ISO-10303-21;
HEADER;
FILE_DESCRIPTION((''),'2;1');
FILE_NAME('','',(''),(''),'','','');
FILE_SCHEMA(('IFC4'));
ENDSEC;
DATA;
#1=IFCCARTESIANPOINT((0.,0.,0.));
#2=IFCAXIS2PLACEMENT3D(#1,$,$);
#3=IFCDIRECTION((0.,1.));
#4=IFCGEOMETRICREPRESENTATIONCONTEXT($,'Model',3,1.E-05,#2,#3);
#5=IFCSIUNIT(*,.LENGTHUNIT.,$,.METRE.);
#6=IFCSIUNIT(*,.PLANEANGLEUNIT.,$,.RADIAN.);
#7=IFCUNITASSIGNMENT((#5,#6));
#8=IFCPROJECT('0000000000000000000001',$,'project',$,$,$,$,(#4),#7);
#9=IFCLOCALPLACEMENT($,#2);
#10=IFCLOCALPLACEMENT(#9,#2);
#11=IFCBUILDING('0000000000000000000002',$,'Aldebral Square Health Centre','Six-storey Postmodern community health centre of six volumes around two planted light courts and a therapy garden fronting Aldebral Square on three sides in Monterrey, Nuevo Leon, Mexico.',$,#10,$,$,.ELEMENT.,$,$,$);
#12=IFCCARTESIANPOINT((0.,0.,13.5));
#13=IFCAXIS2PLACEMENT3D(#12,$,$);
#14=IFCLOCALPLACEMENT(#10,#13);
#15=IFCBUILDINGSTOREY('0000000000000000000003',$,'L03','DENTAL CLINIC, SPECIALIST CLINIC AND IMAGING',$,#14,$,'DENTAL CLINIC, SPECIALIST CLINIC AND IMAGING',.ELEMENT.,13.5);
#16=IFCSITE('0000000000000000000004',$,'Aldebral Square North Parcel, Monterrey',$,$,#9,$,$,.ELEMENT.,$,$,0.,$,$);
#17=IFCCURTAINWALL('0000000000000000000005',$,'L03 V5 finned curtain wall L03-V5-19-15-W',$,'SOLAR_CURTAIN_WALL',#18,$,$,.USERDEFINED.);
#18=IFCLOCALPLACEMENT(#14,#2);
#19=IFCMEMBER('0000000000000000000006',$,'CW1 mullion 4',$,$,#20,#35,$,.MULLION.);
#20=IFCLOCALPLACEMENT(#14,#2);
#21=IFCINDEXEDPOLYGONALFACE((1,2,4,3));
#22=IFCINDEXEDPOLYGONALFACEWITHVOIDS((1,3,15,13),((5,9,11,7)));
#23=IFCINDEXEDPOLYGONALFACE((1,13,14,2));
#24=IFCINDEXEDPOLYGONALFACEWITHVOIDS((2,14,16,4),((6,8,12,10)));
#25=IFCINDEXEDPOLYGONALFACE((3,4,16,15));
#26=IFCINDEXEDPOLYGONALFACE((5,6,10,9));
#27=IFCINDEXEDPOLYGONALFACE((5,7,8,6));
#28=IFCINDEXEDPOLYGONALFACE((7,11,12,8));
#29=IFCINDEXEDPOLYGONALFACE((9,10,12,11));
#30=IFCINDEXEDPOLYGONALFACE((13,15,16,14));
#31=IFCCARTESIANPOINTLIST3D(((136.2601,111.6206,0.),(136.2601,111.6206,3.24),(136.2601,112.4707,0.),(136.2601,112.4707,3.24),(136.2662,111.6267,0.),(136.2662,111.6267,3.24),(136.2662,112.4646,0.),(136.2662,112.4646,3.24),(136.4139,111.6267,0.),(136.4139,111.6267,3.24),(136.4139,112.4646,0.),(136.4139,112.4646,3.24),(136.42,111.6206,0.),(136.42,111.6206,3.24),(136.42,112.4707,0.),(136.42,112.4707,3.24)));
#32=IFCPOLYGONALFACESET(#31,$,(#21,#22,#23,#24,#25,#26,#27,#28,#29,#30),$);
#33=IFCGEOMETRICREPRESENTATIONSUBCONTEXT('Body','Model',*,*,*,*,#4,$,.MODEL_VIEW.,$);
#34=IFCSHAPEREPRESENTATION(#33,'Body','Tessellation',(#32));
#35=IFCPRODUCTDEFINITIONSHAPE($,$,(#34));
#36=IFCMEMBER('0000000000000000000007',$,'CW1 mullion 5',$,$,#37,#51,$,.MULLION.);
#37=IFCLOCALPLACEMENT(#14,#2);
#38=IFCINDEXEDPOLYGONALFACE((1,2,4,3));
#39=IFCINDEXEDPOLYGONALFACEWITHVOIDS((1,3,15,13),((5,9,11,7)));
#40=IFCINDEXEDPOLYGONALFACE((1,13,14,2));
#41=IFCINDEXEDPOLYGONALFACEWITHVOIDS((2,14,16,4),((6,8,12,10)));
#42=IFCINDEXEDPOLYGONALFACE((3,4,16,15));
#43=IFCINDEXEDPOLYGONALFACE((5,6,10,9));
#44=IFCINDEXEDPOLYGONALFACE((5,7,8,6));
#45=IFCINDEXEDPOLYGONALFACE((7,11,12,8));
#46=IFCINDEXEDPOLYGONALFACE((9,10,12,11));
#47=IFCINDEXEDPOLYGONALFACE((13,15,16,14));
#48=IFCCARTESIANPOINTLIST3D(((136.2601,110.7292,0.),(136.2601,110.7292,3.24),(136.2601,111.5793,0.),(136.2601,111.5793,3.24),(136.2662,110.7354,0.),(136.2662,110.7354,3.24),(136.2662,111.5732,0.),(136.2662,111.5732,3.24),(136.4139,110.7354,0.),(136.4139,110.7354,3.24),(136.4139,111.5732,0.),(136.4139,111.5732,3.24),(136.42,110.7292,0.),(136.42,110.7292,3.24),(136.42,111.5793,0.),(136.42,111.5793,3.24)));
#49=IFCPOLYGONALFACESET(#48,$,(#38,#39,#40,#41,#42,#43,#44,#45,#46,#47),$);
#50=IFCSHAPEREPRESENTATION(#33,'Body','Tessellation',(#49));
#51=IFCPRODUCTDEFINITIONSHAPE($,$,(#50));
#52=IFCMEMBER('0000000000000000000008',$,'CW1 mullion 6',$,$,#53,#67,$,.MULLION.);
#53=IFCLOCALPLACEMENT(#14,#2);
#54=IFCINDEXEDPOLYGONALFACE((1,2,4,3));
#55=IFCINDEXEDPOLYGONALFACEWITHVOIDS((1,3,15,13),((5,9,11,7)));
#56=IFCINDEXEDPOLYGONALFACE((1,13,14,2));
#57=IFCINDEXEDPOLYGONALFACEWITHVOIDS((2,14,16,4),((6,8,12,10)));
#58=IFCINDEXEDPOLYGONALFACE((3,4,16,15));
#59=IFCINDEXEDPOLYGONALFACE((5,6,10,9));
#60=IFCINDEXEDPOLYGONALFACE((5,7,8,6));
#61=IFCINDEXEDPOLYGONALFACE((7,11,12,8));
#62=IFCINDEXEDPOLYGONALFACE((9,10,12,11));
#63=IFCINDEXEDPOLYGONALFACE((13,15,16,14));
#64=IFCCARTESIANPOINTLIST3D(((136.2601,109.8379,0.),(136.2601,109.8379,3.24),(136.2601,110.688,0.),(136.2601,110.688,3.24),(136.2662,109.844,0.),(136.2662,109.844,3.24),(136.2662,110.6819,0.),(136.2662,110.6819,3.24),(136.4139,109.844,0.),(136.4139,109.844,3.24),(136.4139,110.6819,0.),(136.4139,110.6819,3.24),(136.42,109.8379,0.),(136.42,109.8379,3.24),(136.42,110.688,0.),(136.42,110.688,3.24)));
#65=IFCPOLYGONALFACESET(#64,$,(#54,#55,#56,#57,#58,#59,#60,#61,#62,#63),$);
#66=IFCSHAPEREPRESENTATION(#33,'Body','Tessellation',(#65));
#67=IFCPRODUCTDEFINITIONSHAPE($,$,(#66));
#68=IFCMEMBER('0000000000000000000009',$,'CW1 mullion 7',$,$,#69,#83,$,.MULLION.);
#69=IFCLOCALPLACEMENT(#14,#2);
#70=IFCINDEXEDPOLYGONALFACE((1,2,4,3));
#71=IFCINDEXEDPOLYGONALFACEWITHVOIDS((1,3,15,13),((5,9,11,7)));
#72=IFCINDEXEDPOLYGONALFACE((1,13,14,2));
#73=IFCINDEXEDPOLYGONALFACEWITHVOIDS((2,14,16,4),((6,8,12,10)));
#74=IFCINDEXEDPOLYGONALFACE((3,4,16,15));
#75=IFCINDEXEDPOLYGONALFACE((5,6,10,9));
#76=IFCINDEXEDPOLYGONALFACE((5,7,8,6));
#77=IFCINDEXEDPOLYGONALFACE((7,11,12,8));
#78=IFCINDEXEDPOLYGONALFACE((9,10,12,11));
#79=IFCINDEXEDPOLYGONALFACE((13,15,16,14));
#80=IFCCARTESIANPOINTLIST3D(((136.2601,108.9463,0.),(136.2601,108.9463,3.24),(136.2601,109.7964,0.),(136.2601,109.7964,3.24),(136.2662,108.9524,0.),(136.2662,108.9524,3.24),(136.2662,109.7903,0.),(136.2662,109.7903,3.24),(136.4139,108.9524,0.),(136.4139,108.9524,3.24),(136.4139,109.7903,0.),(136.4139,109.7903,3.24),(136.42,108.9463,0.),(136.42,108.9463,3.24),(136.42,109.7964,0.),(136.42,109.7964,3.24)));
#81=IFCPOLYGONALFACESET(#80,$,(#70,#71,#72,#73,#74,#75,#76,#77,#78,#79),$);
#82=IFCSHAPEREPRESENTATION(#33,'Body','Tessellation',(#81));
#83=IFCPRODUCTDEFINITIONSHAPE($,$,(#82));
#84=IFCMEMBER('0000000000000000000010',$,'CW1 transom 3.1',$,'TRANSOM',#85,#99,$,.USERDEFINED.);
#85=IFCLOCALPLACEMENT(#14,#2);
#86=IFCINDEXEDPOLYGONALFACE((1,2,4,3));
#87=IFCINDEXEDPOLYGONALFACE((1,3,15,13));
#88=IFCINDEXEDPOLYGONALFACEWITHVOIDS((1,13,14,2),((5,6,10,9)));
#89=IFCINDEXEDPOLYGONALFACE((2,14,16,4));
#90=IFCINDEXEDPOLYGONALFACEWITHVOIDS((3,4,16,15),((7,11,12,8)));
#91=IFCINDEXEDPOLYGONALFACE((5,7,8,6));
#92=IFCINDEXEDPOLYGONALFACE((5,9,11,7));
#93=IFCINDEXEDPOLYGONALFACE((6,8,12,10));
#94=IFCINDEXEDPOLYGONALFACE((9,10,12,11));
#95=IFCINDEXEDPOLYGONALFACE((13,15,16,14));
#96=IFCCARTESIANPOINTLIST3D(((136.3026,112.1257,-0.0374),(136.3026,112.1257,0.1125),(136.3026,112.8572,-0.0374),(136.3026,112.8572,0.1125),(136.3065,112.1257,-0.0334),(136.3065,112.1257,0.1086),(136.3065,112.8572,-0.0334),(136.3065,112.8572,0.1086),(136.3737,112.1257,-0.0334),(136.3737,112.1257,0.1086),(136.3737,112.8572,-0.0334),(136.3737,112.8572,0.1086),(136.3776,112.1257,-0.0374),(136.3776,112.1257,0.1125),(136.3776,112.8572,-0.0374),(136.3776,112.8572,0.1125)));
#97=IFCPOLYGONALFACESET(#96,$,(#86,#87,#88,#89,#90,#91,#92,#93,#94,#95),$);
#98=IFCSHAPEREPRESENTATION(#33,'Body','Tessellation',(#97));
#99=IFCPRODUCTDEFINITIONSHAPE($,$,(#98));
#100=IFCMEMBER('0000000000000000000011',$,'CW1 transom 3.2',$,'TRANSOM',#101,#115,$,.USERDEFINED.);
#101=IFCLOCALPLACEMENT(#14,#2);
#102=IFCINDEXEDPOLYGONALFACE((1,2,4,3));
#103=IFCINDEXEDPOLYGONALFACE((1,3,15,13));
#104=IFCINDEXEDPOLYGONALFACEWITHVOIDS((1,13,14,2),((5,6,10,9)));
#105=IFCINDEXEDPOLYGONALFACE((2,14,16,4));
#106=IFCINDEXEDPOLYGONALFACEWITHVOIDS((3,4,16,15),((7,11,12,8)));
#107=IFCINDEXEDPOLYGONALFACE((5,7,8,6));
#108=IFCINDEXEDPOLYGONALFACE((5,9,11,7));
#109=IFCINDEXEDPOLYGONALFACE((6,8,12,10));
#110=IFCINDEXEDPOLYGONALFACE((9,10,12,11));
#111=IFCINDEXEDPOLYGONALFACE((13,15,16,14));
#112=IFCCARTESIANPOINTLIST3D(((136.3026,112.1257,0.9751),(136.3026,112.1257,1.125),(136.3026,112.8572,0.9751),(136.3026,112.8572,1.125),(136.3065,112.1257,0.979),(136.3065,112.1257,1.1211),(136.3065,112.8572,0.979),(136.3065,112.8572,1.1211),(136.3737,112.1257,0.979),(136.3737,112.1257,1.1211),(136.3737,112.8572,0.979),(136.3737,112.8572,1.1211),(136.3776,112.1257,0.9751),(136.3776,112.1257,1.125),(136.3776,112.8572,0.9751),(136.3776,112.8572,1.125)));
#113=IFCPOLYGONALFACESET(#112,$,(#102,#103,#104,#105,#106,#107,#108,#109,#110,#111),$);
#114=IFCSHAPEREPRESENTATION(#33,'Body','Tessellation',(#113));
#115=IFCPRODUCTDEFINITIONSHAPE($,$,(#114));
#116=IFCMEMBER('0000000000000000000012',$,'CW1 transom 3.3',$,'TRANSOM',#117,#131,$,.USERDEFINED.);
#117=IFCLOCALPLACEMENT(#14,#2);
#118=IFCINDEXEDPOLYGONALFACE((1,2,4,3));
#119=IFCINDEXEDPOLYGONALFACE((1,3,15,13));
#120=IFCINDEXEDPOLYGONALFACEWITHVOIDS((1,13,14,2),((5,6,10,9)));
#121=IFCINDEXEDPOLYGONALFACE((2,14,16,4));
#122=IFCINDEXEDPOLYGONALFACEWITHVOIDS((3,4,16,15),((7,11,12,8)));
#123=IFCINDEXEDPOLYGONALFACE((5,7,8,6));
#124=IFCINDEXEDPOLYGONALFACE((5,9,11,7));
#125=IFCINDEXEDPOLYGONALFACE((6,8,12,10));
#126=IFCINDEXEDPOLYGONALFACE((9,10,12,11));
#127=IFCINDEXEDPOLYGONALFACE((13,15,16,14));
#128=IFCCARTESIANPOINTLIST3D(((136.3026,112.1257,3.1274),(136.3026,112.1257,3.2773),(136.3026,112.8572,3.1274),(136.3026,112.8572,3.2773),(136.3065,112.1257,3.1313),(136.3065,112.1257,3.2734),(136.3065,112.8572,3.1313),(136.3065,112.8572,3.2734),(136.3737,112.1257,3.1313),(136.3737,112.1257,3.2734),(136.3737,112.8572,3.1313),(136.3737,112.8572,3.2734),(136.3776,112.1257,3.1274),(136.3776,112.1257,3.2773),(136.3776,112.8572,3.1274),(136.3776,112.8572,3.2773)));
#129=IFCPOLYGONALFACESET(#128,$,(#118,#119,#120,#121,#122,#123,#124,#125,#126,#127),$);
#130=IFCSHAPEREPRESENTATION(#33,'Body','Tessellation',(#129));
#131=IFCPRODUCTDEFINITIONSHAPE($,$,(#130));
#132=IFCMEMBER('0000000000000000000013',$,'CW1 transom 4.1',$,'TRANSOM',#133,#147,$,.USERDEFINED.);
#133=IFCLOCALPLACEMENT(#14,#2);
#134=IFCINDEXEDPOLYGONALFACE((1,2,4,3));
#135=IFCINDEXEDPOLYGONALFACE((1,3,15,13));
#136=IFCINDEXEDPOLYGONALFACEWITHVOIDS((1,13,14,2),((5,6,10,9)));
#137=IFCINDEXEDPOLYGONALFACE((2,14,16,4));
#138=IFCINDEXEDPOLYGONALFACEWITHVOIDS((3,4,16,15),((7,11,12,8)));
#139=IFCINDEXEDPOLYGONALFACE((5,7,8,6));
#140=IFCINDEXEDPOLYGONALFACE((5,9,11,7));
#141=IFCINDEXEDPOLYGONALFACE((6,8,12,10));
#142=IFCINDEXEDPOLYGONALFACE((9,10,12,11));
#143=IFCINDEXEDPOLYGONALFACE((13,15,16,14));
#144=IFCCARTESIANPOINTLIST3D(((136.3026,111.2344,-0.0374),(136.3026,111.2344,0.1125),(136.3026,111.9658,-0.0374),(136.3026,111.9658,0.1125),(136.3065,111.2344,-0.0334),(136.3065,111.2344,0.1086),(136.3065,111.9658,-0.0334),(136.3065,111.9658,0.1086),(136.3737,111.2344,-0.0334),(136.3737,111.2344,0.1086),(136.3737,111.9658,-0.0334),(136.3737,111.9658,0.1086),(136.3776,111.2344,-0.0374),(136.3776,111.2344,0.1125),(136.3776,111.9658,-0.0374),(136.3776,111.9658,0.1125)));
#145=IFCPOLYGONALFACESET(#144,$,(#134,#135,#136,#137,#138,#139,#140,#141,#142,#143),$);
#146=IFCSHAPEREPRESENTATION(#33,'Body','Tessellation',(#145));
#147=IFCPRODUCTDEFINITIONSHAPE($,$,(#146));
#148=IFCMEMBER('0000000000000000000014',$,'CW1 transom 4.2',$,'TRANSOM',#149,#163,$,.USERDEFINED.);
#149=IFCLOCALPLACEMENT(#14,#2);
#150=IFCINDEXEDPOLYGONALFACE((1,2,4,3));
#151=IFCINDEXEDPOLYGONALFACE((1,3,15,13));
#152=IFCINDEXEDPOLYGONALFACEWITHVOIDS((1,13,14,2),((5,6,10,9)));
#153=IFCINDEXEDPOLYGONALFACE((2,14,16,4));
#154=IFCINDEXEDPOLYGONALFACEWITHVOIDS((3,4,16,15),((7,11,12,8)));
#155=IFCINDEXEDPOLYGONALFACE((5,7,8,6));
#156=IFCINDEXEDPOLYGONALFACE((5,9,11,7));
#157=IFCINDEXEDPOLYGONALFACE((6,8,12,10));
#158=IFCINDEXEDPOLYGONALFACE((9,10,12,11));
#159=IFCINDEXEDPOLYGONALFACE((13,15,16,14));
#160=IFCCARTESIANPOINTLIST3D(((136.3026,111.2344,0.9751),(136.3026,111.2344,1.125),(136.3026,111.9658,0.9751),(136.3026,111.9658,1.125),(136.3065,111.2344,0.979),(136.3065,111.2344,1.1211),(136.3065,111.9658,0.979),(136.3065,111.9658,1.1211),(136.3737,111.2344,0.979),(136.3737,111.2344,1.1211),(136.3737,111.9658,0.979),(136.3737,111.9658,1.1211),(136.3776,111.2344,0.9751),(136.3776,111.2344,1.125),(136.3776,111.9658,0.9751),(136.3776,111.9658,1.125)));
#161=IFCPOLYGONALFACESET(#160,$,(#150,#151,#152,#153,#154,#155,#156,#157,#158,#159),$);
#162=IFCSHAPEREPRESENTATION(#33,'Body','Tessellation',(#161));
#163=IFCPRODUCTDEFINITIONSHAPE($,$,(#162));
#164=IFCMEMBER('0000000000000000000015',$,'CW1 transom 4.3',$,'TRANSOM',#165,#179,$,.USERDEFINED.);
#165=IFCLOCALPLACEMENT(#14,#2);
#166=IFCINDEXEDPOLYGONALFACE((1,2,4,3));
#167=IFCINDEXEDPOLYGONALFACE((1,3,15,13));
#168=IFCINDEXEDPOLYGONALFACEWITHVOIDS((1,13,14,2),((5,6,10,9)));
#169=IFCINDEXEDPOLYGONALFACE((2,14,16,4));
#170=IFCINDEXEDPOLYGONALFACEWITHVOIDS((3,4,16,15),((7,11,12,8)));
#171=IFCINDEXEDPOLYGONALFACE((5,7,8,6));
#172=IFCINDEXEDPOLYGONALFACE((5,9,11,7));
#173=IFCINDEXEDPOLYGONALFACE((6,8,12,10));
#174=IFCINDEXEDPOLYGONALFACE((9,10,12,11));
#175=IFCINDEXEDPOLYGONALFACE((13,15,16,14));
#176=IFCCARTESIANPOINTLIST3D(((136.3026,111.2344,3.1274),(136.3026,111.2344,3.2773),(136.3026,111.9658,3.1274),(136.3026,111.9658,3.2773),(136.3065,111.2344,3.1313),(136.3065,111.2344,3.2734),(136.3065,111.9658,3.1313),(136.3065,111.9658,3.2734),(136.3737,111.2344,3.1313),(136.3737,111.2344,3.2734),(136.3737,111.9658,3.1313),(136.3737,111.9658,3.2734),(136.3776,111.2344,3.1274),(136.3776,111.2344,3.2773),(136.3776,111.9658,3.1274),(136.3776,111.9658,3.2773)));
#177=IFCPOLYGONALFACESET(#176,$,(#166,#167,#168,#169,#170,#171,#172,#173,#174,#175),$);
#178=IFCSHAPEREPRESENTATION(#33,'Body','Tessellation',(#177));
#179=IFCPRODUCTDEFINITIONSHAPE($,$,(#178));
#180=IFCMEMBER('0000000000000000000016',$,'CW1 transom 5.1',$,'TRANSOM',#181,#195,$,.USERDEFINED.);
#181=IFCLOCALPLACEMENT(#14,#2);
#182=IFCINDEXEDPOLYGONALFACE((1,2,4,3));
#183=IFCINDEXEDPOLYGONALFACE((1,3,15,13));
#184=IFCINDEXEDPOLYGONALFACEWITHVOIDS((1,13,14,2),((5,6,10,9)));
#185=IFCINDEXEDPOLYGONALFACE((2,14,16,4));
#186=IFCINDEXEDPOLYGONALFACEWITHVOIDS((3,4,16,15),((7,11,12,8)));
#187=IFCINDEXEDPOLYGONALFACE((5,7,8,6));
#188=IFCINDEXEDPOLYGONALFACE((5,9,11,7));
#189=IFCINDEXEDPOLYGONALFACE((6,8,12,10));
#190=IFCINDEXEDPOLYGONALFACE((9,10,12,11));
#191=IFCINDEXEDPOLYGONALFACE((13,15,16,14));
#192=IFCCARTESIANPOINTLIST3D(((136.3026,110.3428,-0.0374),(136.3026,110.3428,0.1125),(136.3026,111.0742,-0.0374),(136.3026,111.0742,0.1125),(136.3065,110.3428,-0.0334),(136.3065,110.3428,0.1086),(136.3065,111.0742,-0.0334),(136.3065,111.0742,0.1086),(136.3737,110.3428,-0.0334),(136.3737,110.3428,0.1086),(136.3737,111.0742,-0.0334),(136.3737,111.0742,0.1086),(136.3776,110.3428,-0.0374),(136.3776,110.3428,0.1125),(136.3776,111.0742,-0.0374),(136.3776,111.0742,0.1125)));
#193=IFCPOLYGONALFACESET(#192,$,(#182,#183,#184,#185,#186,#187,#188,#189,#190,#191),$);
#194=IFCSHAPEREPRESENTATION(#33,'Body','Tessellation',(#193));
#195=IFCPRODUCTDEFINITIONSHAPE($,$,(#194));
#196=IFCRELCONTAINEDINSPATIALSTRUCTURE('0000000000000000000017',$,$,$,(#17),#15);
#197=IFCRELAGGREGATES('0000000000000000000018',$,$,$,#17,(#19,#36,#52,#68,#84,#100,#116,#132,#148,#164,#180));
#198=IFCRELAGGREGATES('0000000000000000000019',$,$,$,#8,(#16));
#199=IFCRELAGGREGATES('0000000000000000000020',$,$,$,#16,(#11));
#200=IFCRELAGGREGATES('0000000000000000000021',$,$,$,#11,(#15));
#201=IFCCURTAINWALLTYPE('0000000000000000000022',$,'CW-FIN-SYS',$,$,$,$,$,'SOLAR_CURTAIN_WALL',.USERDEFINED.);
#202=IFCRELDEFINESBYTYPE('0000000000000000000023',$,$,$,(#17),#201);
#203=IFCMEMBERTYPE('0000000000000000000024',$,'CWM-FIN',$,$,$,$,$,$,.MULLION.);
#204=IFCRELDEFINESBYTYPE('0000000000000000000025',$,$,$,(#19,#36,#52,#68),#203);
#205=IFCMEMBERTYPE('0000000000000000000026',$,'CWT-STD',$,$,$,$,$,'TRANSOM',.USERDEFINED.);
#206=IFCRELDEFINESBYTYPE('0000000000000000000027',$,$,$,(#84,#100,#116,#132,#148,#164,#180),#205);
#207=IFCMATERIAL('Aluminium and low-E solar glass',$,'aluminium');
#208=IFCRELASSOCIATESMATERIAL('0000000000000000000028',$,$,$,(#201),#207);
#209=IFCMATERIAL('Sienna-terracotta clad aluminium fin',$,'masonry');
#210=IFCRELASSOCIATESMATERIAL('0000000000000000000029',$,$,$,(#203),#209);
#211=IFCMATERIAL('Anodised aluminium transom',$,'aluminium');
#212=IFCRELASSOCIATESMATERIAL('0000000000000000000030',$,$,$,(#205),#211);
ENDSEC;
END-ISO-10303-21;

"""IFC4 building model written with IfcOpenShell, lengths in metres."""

from ifc_helpers import new_model, si_unit, direction, frame, origin, origin_2d, place, context, subcontext, project, spatial, hollow_rectangle, extrude, material, material_profile, profile_set, type_object, element, aggregate, save


model = new_model("IFC4")

# Units and contexts
model_context = context("Model", 3, precision=1e-05, world=origin(), true_north=direction((0.0, 1.0)))
body_context = subcontext(model_context, "Body", "Model", "MODEL_VIEW")
ifc_project = project(units=[si_unit("LENGTHUNIT", "METRE"), si_unit("PLANEANGLEUNIT", "RADIAN")], contexts=[model_context])

# Site, building, storey
site_placement = place(None, origin())
site = spatial("IfcSite", under=ifc_project, at=site_placement, Name="Aldebral Square North Parcel, Monterrey", CompositionType="ELEMENT", RefElevation=0.0)
building_placement = place(site_placement, origin())
building = spatial("IfcBuilding", under=site, at=building_placement, Name="Aldebral Square Health Centre", Description="Six-storey Postmodern community health centre of six volumes around two planted light courts and a therapy garden fronting Aldebral Square on three sides in Monterrey, Nuevo Leon, Mexico.", CompositionType="ELEMENT")
storey_placement = place(building_placement, frame((0.0, 0.0, 13.5)))
storey = spatial("IfcBuildingStorey", under=building, at=storey_placement, Name="L03", Description="DENTAL CLINIC, SPECIALIST CLINIC AND IMAGING", LongName="DENTAL CLINIC, SPECIALIST CLINIC AND IMAGING", CompositionType="ELEMENT", Elevation=13.5)

# Curtain wall, members
ifc_material_1 = material(Name="Aluminium and low-E solar glass", Category="aluminium")
curtain_wall_type = type_object("IfcCurtainWallType", Name="CW-FIN-SYS", ElementType="SOLAR_CURTAIN_WALL", PredefinedType="USERDEFINED", material=ifc_material_1)
curtain_wall_placement = place(storey_placement, origin())
curtain_wall = element("IfcCurtainWall", 1, at=curtain_wall_placement, inside=storey, type_object=curtain_wall_type, Name="L03 V5 finned curtain wall L03-V5-19-15-W", ObjectType="SOLAR_CURTAIN_WALL", PredefinedType="USERDEFINED")
ifc_material_2 = material(Name="Sienna-terracotta clad aluminium fin", Category="masonry")
ifc_material_profile_1 = material_profile(ifc_material_2, hollow_rectangle(XDim=0.1599, YDim=0.8501, WallThickness=0.0061, at=origin_2d()), Name="FIN 160x850x6")
ifc_profile_set_1 = profile_set([ifc_material_profile_1], Name="Sienna-terracotta clad aluminium fin")
member_type_1 = type_object("IfcMemberType", Name="CWM-FIN", PredefinedType="MULLION", material=ifc_profile_set_1)
member_1_placement = place(storey_placement, frame((136.3401, 112.0457, 0.0), z_axis=(0.0, 0.0, 1.0), x_axis=(1.0, 0.0, 0.0)))
member_1 = element("IfcMember", 2, at=member_1_placement, type_object=member_type_1, Name="CW1 mullion 4", PredefinedType="MULLION", context=body_context, shape_type="SweptSolid", body=[
    extrude(hollow_rectangle(XDim=0.1599, YDim=0.8501, WallThickness=0.0061, at=origin_2d()), origin(), (0.0, 0.0, 1.0), 3.24),
])
member_2_placement = place(storey_placement, frame((136.3401, 111.1543, 0.0), z_axis=(0.0, 0.0, 1.0), x_axis=(1.0, 0.0, 0.0)))
member_2 = element("IfcMember", 3, at=member_2_placement, type_object=member_type_1, Name="CW1 mullion 5", PredefinedType="MULLION", context=body_context, shape_type="SweptSolid", body=[
    extrude(hollow_rectangle(XDim=0.1599, YDim=0.8501, WallThickness=0.0061, at=origin_2d()), origin(), (0.0, 0.0, 1.0), 3.24),
])
member_3_placement = place(storey_placement, frame((136.3401, 110.2629, 0.0), z_axis=(0.0, 0.0, 1.0), x_axis=(1.0, 0.0, 0.0)))
member_3 = element("IfcMember", 4, at=member_3_placement, type_object=member_type_1, Name="CW1 mullion 6", PredefinedType="MULLION", context=body_context, shape_type="SweptSolid", body=[
    extrude(hollow_rectangle(XDim=0.1599, YDim=0.8501, WallThickness=0.0061, at=origin_2d()), origin(), (0.0, 0.0, 1.0), 3.24),
])
member_4_placement = place(storey_placement, frame((136.3401, 109.3713, 0.0), z_axis=(0.0, 0.0, 1.0), x_axis=(1.0, 0.0, 0.0)))
member_4 = element("IfcMember", 5, at=member_4_placement, type_object=member_type_1, Name="CW1 mullion 7", PredefinedType="MULLION", context=body_context, shape_type="SweptSolid", body=[
    extrude(hollow_rectangle(XDim=0.1599, YDim=0.8501, WallThickness=0.0061, at=origin_2d()), origin(), (0.0, 0.0, 1.0), 3.24),
])
ifc_material_3 = material(Name="Anodised aluminium transom", Category="aluminium")
ifc_material_profile_2 = material_profile(ifc_material_3, hollow_rectangle(XDim=0.075, YDim=0.1499, WallThickness=0.0039, at=origin_2d()), Name="CWT 75x150x4")
ifc_profile_set_2 = profile_set([ifc_material_profile_2], Name="Anodised aluminium transom")
member_type_2 = type_object("IfcMemberType", Name="CWT-STD", ElementType="TRANSOM", PredefinedType="USERDEFINED", material=ifc_profile_set_2)
member_5_placement = place(storey_placement, frame((136.3401, 112.8572, 0.0376), z_axis=(0.0, -1.0, 0.0), x_axis=(1.0, 0.0, 0.0)))
member_5 = element("IfcMember", 6, at=member_5_placement, type_object=member_type_2, Name="CW1 transom 3.1", ObjectType="TRANSOM", PredefinedType="USERDEFINED", context=body_context, shape_type="SweptSolid", body=[
    extrude(hollow_rectangle(XDim=0.075, YDim=0.1499, WallThickness=0.0039, at=origin_2d()), origin(), (0.0, 0.0, 1.0), 0.7314),
])
member_6_placement = place(storey_placement, frame((136.3401, 112.8572, 1.05), z_axis=(0.0, -1.0, 0.0), x_axis=(1.0, 0.0, 0.0)))
member_6 = element("IfcMember", 7, at=member_6_placement, type_object=member_type_2, Name="CW1 transom 3.2", ObjectType="TRANSOM", PredefinedType="USERDEFINED", context=body_context, shape_type="SweptSolid", body=[
    extrude(hollow_rectangle(XDim=0.075, YDim=0.1499, WallThickness=0.0039, at=origin_2d()), origin(), (0.0, 0.0, 1.0), 0.7314),
])
member_7_placement = place(storey_placement, frame((136.3401, 112.8572, 3.2024), z_axis=(0.0, -1.0, 0.0), x_axis=(1.0, 0.0, 0.0)))
member_7 = element("IfcMember", 8, at=member_7_placement, type_object=member_type_2, Name="CW1 transom 3.3", ObjectType="TRANSOM", PredefinedType="USERDEFINED", context=body_context, shape_type="SweptSolid", body=[
    extrude(hollow_rectangle(XDim=0.075, YDim=0.1499, WallThickness=0.0039, at=origin_2d()), origin(), (0.0, 0.0, 1.0), 0.7314),
])
member_8_placement = place(storey_placement, frame((136.3401, 111.9658, 0.0376), z_axis=(0.0, -1.0, 0.0), x_axis=(1.0, 0.0, 0.0)))
member_8 = element("IfcMember", 9, at=member_8_placement, type_object=member_type_2, Name="CW1 transom 4.1", ObjectType="TRANSOM", PredefinedType="USERDEFINED", context=body_context, shape_type="SweptSolid", body=[
    extrude(hollow_rectangle(XDim=0.075, YDim=0.1499, WallThickness=0.0039, at=origin_2d()), origin(), (0.0, 0.0, 1.0), 0.7314),
])
member_9_placement = place(storey_placement, frame((136.3401, 111.9658, 1.05), z_axis=(0.0, -1.0, 0.0), x_axis=(1.0, 0.0, 0.0)))
member_9 = element("IfcMember", 10, at=member_9_placement, type_object=member_type_2, Name="CW1 transom 4.2", ObjectType="TRANSOM", PredefinedType="USERDEFINED", context=body_context, shape_type="SweptSolid", body=[
    extrude(hollow_rectangle(XDim=0.075, YDim=0.1499, WallThickness=0.0039, at=origin_2d()), origin(), (0.0, 0.0, 1.0), 0.7314),
])
member_10_placement = place(storey_placement, frame((136.3401, 111.9658, 3.2024), z_axis=(0.0, -1.0, 0.0), x_axis=(1.0, 0.0, 0.0)))
member_10 = element("IfcMember", 11, at=member_10_placement, type_object=member_type_2, Name="CW1 transom 4.3", ObjectType="TRANSOM", PredefinedType="USERDEFINED", context=body_context, shape_type="SweptSolid", body=[
    extrude(hollow_rectangle(XDim=0.075, YDim=0.1499, WallThickness=0.0039, at=origin_2d()), origin(), (0.0, 0.0, 1.0), 0.7314),
])
member_11_placement = place(storey_placement, frame((136.3401, 111.0742, 0.0376), z_axis=(0.0, -1.0, 0.0), x_axis=(1.0, 0.0, 0.0)))
member_11 = element("IfcMember", 12, at=member_11_placement, type_object=member_type_2, Name="CW1 transom 5.1", ObjectType="TRANSOM", PredefinedType="USERDEFINED", context=body_context, shape_type="SweptSolid", body=[
    extrude(hollow_rectangle(XDim=0.075, YDim=0.1499, WallThickness=0.0039, at=origin_2d()), origin(), (0.0, 0.0, 1.0), 0.7314),
])
aggregate(curtain_wall, [member_1, member_2, member_3, member_4, member_5, member_6, member_7, member_8, member_9, member_10, member_11])

save(model, "model.ifc")
